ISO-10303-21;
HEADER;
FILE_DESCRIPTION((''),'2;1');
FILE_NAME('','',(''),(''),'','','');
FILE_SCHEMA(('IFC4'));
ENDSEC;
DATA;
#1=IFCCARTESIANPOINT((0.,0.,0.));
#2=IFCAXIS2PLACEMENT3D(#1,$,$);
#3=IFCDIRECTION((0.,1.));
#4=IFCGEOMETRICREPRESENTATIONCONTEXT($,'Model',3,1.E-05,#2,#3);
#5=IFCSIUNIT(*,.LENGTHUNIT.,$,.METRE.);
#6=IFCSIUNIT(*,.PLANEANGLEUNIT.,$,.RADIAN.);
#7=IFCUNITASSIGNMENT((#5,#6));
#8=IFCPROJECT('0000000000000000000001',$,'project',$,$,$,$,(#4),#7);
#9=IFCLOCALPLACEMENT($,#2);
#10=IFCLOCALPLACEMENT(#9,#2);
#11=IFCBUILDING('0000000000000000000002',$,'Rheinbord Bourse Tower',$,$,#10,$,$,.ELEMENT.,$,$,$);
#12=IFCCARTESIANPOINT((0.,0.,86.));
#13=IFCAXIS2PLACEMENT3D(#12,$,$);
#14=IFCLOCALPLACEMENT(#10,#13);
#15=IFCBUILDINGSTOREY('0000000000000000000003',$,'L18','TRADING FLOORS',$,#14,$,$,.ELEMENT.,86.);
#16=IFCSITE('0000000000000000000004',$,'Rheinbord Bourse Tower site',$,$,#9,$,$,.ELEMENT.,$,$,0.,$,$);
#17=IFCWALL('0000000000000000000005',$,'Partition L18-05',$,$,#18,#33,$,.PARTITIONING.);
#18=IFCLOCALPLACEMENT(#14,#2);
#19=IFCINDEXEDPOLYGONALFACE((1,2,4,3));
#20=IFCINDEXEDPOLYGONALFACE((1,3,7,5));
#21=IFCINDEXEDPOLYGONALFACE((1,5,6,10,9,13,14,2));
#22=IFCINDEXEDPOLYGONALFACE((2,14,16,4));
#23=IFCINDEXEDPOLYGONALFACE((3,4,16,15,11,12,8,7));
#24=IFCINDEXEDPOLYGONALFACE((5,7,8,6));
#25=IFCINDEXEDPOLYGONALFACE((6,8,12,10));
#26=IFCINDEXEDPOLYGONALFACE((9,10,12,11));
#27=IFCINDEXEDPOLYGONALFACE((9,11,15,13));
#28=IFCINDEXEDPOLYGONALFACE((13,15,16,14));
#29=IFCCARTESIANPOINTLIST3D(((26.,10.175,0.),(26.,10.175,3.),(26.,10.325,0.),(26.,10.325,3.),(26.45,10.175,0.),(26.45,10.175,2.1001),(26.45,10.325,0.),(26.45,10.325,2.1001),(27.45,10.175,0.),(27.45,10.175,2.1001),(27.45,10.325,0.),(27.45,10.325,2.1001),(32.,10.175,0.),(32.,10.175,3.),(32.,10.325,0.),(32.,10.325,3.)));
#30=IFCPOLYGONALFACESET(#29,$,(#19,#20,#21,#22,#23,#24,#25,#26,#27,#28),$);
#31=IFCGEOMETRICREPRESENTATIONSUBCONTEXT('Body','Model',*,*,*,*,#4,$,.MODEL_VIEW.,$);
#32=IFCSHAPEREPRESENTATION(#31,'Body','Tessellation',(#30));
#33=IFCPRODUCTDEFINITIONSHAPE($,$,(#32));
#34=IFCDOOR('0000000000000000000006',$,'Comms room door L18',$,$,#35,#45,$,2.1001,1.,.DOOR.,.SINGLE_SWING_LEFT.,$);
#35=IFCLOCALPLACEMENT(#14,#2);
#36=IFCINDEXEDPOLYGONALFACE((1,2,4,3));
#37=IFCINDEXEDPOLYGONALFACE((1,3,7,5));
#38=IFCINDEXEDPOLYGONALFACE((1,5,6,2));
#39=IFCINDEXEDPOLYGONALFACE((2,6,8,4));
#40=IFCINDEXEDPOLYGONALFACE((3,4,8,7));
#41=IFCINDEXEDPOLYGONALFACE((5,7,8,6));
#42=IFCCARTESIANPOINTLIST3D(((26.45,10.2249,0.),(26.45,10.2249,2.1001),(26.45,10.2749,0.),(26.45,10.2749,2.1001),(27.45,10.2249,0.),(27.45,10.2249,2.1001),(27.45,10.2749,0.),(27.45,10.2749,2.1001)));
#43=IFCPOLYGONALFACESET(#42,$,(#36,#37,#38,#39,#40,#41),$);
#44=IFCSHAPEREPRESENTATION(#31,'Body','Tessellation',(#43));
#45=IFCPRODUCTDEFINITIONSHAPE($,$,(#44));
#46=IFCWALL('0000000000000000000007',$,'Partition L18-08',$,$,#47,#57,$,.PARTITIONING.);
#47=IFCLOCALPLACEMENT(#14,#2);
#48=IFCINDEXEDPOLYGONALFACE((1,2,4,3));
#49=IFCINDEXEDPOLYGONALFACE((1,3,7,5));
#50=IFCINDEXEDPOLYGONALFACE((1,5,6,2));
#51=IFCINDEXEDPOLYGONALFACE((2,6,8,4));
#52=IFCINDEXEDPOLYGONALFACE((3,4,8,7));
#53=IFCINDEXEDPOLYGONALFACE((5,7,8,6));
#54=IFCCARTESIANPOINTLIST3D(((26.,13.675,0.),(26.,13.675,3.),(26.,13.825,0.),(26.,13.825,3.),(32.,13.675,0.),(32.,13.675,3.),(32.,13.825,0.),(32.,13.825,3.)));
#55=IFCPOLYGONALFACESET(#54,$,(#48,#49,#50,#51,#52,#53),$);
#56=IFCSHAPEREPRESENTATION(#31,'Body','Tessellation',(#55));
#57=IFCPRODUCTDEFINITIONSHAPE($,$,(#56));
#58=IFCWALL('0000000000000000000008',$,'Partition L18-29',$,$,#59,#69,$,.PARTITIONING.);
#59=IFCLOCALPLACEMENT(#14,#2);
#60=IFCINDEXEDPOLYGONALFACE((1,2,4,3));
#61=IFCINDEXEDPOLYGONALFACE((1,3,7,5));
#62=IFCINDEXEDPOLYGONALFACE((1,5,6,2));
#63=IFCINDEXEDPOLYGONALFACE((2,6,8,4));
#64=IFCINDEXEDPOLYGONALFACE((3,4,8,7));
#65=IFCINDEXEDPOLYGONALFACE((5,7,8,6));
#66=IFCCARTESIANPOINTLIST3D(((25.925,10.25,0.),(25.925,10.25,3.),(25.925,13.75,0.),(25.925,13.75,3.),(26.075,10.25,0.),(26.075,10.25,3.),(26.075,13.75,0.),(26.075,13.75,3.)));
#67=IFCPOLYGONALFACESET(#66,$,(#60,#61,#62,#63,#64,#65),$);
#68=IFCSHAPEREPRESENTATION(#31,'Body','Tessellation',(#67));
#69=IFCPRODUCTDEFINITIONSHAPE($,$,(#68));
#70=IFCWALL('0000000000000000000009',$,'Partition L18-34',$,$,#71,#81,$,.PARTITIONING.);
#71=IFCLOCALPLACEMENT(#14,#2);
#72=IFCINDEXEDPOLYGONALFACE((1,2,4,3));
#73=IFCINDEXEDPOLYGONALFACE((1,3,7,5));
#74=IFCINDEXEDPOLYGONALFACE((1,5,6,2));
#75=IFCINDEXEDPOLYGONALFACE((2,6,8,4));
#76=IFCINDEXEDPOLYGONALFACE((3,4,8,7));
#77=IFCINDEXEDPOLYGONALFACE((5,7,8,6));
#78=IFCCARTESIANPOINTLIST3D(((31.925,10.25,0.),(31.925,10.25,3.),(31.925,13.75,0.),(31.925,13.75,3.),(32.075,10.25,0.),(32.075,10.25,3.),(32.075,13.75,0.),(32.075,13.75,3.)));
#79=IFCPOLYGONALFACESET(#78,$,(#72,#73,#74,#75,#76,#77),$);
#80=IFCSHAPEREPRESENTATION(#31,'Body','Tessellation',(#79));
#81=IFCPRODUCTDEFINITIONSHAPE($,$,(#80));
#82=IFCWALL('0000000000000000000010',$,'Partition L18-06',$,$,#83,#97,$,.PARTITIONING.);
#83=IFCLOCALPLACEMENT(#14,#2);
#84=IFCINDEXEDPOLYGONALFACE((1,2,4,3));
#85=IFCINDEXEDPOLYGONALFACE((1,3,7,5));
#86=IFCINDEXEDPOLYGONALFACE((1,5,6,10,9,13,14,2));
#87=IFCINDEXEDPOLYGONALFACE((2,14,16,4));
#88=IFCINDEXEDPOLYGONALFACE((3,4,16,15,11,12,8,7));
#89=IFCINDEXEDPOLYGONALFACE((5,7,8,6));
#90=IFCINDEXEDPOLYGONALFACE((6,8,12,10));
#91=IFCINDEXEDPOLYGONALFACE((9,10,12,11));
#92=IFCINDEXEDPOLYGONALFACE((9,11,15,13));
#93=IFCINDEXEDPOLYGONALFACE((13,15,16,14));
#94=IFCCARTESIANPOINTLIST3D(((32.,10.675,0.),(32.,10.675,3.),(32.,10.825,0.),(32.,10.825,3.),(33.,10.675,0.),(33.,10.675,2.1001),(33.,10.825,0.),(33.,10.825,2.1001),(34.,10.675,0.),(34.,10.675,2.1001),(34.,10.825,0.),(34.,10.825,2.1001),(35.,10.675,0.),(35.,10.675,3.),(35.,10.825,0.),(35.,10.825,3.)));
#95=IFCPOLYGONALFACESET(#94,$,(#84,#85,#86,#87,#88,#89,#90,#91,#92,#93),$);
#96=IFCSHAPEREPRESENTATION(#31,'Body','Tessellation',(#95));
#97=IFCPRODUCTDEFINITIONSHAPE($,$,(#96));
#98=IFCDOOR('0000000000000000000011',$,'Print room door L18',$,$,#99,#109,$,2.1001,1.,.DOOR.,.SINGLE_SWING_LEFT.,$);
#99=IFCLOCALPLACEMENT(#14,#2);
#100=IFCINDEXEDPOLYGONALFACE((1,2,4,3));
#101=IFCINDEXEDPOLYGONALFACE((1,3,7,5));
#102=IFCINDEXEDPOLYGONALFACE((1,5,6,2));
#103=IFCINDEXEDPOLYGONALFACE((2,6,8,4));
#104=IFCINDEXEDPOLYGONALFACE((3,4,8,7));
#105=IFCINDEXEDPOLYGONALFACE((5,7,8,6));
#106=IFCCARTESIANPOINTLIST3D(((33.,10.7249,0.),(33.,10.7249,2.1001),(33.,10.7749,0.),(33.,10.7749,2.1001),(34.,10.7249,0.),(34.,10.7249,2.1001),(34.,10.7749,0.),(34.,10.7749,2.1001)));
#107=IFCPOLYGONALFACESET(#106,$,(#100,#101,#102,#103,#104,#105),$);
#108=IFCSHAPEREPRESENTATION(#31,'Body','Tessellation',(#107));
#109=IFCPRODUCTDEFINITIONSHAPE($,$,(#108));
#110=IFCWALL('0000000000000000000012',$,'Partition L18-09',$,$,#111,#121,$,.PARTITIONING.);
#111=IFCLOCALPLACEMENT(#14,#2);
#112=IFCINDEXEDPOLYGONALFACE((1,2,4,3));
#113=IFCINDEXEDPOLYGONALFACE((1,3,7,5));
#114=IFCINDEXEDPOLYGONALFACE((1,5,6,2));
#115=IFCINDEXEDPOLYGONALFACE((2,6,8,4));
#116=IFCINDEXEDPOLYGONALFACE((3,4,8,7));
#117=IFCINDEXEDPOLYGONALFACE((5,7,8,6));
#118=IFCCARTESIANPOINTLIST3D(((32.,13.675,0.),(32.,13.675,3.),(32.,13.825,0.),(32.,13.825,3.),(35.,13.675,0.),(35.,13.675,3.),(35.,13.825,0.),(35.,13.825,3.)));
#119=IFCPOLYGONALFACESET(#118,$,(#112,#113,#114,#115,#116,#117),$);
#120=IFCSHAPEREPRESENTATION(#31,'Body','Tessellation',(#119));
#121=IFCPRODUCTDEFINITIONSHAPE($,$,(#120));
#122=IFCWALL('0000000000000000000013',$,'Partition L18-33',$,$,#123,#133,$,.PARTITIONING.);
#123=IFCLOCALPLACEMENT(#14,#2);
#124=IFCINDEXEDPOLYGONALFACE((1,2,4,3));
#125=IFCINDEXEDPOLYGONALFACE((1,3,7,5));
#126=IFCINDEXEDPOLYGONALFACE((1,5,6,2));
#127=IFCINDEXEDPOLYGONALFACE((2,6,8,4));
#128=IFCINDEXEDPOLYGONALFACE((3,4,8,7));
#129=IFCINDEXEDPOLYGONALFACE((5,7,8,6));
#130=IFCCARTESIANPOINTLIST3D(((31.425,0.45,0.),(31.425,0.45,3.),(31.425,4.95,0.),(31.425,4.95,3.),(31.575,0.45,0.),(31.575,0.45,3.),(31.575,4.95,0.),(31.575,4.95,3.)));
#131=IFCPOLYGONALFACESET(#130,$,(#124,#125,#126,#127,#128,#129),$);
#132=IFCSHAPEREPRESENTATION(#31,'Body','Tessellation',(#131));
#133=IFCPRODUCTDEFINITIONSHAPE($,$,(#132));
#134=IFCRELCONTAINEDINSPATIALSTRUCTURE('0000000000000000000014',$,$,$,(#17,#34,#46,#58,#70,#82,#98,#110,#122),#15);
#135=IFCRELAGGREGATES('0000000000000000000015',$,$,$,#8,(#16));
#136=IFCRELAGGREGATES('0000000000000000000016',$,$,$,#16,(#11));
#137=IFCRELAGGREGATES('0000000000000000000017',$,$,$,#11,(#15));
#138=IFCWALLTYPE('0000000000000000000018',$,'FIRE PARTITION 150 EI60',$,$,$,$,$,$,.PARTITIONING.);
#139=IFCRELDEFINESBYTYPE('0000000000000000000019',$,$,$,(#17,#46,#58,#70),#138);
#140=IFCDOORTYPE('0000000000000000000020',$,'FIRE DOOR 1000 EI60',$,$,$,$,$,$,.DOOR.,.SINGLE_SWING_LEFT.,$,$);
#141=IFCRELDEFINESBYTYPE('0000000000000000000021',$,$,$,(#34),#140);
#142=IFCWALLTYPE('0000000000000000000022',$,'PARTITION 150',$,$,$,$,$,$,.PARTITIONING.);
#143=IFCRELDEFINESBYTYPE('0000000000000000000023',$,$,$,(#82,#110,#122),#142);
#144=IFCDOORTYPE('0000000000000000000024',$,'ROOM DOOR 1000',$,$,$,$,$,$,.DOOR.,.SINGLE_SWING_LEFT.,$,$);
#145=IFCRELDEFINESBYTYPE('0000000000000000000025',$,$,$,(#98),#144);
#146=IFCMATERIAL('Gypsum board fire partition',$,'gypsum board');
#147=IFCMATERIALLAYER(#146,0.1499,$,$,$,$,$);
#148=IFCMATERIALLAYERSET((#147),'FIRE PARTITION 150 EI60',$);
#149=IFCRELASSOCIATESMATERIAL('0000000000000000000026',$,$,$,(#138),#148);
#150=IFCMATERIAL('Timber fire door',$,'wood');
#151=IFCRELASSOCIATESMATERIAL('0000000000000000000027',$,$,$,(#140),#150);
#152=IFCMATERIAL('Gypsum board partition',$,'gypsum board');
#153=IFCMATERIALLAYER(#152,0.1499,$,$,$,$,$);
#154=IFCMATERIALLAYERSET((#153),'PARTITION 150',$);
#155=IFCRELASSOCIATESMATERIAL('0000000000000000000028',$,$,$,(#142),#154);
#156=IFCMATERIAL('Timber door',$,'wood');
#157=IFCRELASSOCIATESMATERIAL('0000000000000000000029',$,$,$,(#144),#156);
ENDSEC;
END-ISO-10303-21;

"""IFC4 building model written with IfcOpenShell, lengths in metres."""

from ifc_helpers import new_model, si_unit, direction, frame, frame_2d, origin, place, context, subcontext, project, spatial, rectangle, extrude, material, layer, layer_set, type_object, element, fill, save


model = new_model("IFC4")

# Units and contexts
model_context = context("Model", 3, precision=1e-05, world=origin(), true_north=direction((0.0, 1.0)))
body_context = subcontext(model_context, "Body", "Model", "MODEL_VIEW")
ifc_project = project(units=[si_unit("LENGTHUNIT", "METRE"), si_unit("PLANEANGLEUNIT", "RADIAN")], contexts=[model_context])

# Site, building, storey
site_placement = place(None, origin())
site = spatial("IfcSite", under=ifc_project, at=site_placement, Name="Rheinbord Bourse Tower site", CompositionType="ELEMENT", RefElevation=0.0)
building_placement = place(site_placement, origin())
building = spatial("IfcBuilding", under=site, at=building_placement, Name="Rheinbord Bourse Tower", CompositionType="ELEMENT")
storey_placement = place(building_placement, frame((0.0, 0.0, 86.0)))
storey = spatial("IfcBuildingStorey", under=building, at=storey_placement, Name="L18", Description="TRADING FLOORS", CompositionType="ELEMENT", Elevation=86.0)

# Wall, opening, door
ifc_material_1 = material(Name="Gypsum board fire partition", Category="gypsum board")
ifc_layer_1 = layer(ifc_material_1, 0.1499)
ifc_layer_set_1 = layer_set([ifc_layer_1], Name="FIRE PARTITION 150 EI60")
wall_type_1 = type_object("IfcWallType", Name="FIRE PARTITION 150 EI60", PredefinedType="PARTITIONING", material=ifc_layer_set_1)
wall_1_placement = place(storey_placement, frame((26.0, 10.25, 0.0), z_axis=(0.0, 0.0, 1.0), x_axis=(1.0, 0.0, 0.0)))
wall_1 = element("IfcWall", 1, at=wall_1_placement, inside=storey, type_object=wall_type_1, Name="Partition L18-05", PredefinedType="PARTITIONING", context=body_context, shape_type="SweptSolid", body=[
    extrude(rectangle(XDim=6.0, YDim=0.1499, at=frame_2d((3.0, 0.0))), origin(), (0.0, 0.0, 1.0), 3.0),
])
opening_1_placement = place(wall_1_placement, frame((0.45, 0.0, 0.0)))
opening_1 = element("IfcOpeningElement", 2, at=opening_1_placement, cuts=wall_1, PredefinedType="OPENING", context=body_context, shape_type="SweptSolid", body=[
    extrude(rectangle(XDim=1.0, YDim=2.1001, at=frame_2d((0.5, 1.05))), frame((0.0, 0.085, 0.0), z_axis=(0.0, -1.0, 0.0), x_axis=(1.0, 0.0, 0.0)), (0.0, 0.0, 1.0), 0.1699),
])
ifc_material_2 = material(Name="Timber fire door", Category="wood")
door_type_1 = type_object("IfcDoorType", Name="FIRE DOOR 1000 EI60", OperationType="SINGLE_SWING_LEFT", PredefinedType="DOOR", material=ifc_material_2)
door_1_placement = place(opening_1_placement, origin())
door_1 = element("IfcDoor", 3, at=door_1_placement, inside=storey, type_object=door_type_1, Name="Comms room door L18", OperationType="SINGLE_SWING_LEFT", OverallHeight=2.1001, OverallWidth=1.0, PredefinedType="DOOR", context=body_context, shape_type="SweptSolid", body=[
    extrude(rectangle(XDim=1.0, YDim=2.1001, at=frame_2d((0.5, 1.05))), frame((0.0, 0.0249, 0.0), z_axis=(0.0, -1.0, 0.0), x_axis=(1.0, 0.0, 0.0)), (0.0, 0.0, 1.0), 0.05),
])
fill(opening_1, door_1)

# Walls
wall_2_placement = place(storey_placement, frame((26.0, 13.75, 0.0), z_axis=(0.0, 0.0, 1.0), x_axis=(1.0, 0.0, 0.0)))
element("IfcWall", 4, at=wall_2_placement, inside=storey, type_object=wall_type_1, Name="Partition L18-08", PredefinedType="PARTITIONING", context=body_context, shape_type="SweptSolid", body=[
    extrude(rectangle(XDim=6.0, YDim=0.1499, at=frame_2d((3.0, 0.0))), origin(), (0.0, 0.0, 1.0), 3.0),
])
for number, where, z_axis, x_axis, name in (
    (5, (26.0, 10.25, 0.0), (0.0, 0.0, 1.0), (0.0, 1.0, 0.0), "Partition L18-29"),
    (6, (32.0, 10.25, 0.0), (0.0, 0.0, 1.0), (0.0, 1.0, 0.0), "Partition L18-34"),
):
    element("IfcWall", number, at=place(storey_placement, frame(where, z_axis=z_axis, x_axis=x_axis)), inside=storey, type_object=wall_type_1, Name=name, PredefinedType="PARTITIONING", context=body_context, shape_type="SweptSolid", body=[
        extrude(rectangle(XDim=3.5, YDim=0.1499, at=frame_2d((1.75, 0.0))), origin(), (0.0, 0.0, 1.0), 3.0),
    ])

# Wall, opening, door
ifc_material_3 = material(Name="Gypsum board partition", Category="gypsum board")
ifc_layer_2 = layer(ifc_material_3, 0.1499)
ifc_layer_set_2 = layer_set([ifc_layer_2], Name="PARTITION 150")
wall_type_2 = type_object("IfcWallType", Name="PARTITION 150", PredefinedType="PARTITIONING", material=ifc_layer_set_2)
wall_3_placement = place(storey_placement, frame((32.0, 10.75, 0.0), z_axis=(0.0, 0.0, 1.0), x_axis=(1.0, 0.0, 0.0)))
wall_3 = element("IfcWall", 7, at=wall_3_placement, inside=storey, type_object=wall_type_2, Name="Partition L18-06", PredefinedType="PARTITIONING", context=body_context, shape_type="SweptSolid", body=[
    extrude(rectangle(XDim=3.0, YDim=0.1499, at=frame_2d((1.5, 0.0))), origin(), (0.0, 0.0, 1.0), 3.0),
])
opening_2_placement = place(wall_3_placement, frame((1.0, 0.0, 0.0)))
opening_2 = element("IfcOpeningElement", 8, at=opening_2_placement, cuts=wall_3, PredefinedType="OPENING", context=body_context, shape_type="SweptSolid", body=[
    extrude(rectangle(XDim=1.0, YDim=2.1001, at=frame_2d((0.5, 1.05))), frame((0.0, 0.085, 0.0), z_axis=(0.0, -1.0, 0.0), x_axis=(1.0, 0.0, 0.0)), (0.0, 0.0, 1.0), 0.1699),
])
ifc_material_4 = material(Name="Timber door", Category="wood")
door_type_2 = type_object("IfcDoorType", Name="ROOM DOOR 1000", OperationType="SINGLE_SWING_LEFT", PredefinedType="DOOR", material=ifc_material_4)
door_2_placement = place(opening_2_placement, origin())
door_2 = element("IfcDoor", 9, at=door_2_placement, inside=storey, type_object=door_type_2, Name="Print room door L18", OperationType="SINGLE_SWING_LEFT", OverallHeight=2.1001, OverallWidth=1.0, PredefinedType="DOOR", context=body_context, shape_type="SweptSolid", body=[
    extrude(rectangle(XDim=1.0, YDim=2.1001, at=frame_2d((0.5, 1.05))), frame((0.0, 0.0249, 0.0), z_axis=(0.0, -1.0, 0.0), x_axis=(1.0, 0.0, 0.0)), (0.0, 0.0, 1.0), 0.05),
])
fill(opening_2, door_2)

# Walls
wall_4_placement = place(storey_placement, frame((32.0, 13.75, 0.0), z_axis=(0.0, 0.0, 1.0), x_axis=(1.0, 0.0, 0.0)))
element("IfcWall", 10, at=wall_4_placement, inside=storey, type_object=wall_type_2, Name="Partition L18-09", PredefinedType="PARTITIONING", context=body_context, shape_type="SweptSolid", body=[
    extrude(rectangle(XDim=3.0, YDim=0.1499, at=frame_2d((1.5, 0.0))), origin(), (0.0, 0.0, 1.0), 3.0),
])
wall_5_placement = place(storey_placement, frame((31.5, 0.45, 0.0), z_axis=(0.0, 0.0, 1.0), x_axis=(0.0, 1.0, 0.0)))
element("IfcWall", 11, at=wall_5_placement, inside=storey, type_object=wall_type_2, Name="Partition L18-33", PredefinedType="PARTITIONING", context=body_context, shape_type="SweptSolid", body=[
    extrude(rectangle(XDim=4.5, YDim=0.1499, at=frame_2d((2.25, 0.0))), origin(), (0.0, 0.0, 1.0), 3.0),
])

save(model, "model.ifc")
